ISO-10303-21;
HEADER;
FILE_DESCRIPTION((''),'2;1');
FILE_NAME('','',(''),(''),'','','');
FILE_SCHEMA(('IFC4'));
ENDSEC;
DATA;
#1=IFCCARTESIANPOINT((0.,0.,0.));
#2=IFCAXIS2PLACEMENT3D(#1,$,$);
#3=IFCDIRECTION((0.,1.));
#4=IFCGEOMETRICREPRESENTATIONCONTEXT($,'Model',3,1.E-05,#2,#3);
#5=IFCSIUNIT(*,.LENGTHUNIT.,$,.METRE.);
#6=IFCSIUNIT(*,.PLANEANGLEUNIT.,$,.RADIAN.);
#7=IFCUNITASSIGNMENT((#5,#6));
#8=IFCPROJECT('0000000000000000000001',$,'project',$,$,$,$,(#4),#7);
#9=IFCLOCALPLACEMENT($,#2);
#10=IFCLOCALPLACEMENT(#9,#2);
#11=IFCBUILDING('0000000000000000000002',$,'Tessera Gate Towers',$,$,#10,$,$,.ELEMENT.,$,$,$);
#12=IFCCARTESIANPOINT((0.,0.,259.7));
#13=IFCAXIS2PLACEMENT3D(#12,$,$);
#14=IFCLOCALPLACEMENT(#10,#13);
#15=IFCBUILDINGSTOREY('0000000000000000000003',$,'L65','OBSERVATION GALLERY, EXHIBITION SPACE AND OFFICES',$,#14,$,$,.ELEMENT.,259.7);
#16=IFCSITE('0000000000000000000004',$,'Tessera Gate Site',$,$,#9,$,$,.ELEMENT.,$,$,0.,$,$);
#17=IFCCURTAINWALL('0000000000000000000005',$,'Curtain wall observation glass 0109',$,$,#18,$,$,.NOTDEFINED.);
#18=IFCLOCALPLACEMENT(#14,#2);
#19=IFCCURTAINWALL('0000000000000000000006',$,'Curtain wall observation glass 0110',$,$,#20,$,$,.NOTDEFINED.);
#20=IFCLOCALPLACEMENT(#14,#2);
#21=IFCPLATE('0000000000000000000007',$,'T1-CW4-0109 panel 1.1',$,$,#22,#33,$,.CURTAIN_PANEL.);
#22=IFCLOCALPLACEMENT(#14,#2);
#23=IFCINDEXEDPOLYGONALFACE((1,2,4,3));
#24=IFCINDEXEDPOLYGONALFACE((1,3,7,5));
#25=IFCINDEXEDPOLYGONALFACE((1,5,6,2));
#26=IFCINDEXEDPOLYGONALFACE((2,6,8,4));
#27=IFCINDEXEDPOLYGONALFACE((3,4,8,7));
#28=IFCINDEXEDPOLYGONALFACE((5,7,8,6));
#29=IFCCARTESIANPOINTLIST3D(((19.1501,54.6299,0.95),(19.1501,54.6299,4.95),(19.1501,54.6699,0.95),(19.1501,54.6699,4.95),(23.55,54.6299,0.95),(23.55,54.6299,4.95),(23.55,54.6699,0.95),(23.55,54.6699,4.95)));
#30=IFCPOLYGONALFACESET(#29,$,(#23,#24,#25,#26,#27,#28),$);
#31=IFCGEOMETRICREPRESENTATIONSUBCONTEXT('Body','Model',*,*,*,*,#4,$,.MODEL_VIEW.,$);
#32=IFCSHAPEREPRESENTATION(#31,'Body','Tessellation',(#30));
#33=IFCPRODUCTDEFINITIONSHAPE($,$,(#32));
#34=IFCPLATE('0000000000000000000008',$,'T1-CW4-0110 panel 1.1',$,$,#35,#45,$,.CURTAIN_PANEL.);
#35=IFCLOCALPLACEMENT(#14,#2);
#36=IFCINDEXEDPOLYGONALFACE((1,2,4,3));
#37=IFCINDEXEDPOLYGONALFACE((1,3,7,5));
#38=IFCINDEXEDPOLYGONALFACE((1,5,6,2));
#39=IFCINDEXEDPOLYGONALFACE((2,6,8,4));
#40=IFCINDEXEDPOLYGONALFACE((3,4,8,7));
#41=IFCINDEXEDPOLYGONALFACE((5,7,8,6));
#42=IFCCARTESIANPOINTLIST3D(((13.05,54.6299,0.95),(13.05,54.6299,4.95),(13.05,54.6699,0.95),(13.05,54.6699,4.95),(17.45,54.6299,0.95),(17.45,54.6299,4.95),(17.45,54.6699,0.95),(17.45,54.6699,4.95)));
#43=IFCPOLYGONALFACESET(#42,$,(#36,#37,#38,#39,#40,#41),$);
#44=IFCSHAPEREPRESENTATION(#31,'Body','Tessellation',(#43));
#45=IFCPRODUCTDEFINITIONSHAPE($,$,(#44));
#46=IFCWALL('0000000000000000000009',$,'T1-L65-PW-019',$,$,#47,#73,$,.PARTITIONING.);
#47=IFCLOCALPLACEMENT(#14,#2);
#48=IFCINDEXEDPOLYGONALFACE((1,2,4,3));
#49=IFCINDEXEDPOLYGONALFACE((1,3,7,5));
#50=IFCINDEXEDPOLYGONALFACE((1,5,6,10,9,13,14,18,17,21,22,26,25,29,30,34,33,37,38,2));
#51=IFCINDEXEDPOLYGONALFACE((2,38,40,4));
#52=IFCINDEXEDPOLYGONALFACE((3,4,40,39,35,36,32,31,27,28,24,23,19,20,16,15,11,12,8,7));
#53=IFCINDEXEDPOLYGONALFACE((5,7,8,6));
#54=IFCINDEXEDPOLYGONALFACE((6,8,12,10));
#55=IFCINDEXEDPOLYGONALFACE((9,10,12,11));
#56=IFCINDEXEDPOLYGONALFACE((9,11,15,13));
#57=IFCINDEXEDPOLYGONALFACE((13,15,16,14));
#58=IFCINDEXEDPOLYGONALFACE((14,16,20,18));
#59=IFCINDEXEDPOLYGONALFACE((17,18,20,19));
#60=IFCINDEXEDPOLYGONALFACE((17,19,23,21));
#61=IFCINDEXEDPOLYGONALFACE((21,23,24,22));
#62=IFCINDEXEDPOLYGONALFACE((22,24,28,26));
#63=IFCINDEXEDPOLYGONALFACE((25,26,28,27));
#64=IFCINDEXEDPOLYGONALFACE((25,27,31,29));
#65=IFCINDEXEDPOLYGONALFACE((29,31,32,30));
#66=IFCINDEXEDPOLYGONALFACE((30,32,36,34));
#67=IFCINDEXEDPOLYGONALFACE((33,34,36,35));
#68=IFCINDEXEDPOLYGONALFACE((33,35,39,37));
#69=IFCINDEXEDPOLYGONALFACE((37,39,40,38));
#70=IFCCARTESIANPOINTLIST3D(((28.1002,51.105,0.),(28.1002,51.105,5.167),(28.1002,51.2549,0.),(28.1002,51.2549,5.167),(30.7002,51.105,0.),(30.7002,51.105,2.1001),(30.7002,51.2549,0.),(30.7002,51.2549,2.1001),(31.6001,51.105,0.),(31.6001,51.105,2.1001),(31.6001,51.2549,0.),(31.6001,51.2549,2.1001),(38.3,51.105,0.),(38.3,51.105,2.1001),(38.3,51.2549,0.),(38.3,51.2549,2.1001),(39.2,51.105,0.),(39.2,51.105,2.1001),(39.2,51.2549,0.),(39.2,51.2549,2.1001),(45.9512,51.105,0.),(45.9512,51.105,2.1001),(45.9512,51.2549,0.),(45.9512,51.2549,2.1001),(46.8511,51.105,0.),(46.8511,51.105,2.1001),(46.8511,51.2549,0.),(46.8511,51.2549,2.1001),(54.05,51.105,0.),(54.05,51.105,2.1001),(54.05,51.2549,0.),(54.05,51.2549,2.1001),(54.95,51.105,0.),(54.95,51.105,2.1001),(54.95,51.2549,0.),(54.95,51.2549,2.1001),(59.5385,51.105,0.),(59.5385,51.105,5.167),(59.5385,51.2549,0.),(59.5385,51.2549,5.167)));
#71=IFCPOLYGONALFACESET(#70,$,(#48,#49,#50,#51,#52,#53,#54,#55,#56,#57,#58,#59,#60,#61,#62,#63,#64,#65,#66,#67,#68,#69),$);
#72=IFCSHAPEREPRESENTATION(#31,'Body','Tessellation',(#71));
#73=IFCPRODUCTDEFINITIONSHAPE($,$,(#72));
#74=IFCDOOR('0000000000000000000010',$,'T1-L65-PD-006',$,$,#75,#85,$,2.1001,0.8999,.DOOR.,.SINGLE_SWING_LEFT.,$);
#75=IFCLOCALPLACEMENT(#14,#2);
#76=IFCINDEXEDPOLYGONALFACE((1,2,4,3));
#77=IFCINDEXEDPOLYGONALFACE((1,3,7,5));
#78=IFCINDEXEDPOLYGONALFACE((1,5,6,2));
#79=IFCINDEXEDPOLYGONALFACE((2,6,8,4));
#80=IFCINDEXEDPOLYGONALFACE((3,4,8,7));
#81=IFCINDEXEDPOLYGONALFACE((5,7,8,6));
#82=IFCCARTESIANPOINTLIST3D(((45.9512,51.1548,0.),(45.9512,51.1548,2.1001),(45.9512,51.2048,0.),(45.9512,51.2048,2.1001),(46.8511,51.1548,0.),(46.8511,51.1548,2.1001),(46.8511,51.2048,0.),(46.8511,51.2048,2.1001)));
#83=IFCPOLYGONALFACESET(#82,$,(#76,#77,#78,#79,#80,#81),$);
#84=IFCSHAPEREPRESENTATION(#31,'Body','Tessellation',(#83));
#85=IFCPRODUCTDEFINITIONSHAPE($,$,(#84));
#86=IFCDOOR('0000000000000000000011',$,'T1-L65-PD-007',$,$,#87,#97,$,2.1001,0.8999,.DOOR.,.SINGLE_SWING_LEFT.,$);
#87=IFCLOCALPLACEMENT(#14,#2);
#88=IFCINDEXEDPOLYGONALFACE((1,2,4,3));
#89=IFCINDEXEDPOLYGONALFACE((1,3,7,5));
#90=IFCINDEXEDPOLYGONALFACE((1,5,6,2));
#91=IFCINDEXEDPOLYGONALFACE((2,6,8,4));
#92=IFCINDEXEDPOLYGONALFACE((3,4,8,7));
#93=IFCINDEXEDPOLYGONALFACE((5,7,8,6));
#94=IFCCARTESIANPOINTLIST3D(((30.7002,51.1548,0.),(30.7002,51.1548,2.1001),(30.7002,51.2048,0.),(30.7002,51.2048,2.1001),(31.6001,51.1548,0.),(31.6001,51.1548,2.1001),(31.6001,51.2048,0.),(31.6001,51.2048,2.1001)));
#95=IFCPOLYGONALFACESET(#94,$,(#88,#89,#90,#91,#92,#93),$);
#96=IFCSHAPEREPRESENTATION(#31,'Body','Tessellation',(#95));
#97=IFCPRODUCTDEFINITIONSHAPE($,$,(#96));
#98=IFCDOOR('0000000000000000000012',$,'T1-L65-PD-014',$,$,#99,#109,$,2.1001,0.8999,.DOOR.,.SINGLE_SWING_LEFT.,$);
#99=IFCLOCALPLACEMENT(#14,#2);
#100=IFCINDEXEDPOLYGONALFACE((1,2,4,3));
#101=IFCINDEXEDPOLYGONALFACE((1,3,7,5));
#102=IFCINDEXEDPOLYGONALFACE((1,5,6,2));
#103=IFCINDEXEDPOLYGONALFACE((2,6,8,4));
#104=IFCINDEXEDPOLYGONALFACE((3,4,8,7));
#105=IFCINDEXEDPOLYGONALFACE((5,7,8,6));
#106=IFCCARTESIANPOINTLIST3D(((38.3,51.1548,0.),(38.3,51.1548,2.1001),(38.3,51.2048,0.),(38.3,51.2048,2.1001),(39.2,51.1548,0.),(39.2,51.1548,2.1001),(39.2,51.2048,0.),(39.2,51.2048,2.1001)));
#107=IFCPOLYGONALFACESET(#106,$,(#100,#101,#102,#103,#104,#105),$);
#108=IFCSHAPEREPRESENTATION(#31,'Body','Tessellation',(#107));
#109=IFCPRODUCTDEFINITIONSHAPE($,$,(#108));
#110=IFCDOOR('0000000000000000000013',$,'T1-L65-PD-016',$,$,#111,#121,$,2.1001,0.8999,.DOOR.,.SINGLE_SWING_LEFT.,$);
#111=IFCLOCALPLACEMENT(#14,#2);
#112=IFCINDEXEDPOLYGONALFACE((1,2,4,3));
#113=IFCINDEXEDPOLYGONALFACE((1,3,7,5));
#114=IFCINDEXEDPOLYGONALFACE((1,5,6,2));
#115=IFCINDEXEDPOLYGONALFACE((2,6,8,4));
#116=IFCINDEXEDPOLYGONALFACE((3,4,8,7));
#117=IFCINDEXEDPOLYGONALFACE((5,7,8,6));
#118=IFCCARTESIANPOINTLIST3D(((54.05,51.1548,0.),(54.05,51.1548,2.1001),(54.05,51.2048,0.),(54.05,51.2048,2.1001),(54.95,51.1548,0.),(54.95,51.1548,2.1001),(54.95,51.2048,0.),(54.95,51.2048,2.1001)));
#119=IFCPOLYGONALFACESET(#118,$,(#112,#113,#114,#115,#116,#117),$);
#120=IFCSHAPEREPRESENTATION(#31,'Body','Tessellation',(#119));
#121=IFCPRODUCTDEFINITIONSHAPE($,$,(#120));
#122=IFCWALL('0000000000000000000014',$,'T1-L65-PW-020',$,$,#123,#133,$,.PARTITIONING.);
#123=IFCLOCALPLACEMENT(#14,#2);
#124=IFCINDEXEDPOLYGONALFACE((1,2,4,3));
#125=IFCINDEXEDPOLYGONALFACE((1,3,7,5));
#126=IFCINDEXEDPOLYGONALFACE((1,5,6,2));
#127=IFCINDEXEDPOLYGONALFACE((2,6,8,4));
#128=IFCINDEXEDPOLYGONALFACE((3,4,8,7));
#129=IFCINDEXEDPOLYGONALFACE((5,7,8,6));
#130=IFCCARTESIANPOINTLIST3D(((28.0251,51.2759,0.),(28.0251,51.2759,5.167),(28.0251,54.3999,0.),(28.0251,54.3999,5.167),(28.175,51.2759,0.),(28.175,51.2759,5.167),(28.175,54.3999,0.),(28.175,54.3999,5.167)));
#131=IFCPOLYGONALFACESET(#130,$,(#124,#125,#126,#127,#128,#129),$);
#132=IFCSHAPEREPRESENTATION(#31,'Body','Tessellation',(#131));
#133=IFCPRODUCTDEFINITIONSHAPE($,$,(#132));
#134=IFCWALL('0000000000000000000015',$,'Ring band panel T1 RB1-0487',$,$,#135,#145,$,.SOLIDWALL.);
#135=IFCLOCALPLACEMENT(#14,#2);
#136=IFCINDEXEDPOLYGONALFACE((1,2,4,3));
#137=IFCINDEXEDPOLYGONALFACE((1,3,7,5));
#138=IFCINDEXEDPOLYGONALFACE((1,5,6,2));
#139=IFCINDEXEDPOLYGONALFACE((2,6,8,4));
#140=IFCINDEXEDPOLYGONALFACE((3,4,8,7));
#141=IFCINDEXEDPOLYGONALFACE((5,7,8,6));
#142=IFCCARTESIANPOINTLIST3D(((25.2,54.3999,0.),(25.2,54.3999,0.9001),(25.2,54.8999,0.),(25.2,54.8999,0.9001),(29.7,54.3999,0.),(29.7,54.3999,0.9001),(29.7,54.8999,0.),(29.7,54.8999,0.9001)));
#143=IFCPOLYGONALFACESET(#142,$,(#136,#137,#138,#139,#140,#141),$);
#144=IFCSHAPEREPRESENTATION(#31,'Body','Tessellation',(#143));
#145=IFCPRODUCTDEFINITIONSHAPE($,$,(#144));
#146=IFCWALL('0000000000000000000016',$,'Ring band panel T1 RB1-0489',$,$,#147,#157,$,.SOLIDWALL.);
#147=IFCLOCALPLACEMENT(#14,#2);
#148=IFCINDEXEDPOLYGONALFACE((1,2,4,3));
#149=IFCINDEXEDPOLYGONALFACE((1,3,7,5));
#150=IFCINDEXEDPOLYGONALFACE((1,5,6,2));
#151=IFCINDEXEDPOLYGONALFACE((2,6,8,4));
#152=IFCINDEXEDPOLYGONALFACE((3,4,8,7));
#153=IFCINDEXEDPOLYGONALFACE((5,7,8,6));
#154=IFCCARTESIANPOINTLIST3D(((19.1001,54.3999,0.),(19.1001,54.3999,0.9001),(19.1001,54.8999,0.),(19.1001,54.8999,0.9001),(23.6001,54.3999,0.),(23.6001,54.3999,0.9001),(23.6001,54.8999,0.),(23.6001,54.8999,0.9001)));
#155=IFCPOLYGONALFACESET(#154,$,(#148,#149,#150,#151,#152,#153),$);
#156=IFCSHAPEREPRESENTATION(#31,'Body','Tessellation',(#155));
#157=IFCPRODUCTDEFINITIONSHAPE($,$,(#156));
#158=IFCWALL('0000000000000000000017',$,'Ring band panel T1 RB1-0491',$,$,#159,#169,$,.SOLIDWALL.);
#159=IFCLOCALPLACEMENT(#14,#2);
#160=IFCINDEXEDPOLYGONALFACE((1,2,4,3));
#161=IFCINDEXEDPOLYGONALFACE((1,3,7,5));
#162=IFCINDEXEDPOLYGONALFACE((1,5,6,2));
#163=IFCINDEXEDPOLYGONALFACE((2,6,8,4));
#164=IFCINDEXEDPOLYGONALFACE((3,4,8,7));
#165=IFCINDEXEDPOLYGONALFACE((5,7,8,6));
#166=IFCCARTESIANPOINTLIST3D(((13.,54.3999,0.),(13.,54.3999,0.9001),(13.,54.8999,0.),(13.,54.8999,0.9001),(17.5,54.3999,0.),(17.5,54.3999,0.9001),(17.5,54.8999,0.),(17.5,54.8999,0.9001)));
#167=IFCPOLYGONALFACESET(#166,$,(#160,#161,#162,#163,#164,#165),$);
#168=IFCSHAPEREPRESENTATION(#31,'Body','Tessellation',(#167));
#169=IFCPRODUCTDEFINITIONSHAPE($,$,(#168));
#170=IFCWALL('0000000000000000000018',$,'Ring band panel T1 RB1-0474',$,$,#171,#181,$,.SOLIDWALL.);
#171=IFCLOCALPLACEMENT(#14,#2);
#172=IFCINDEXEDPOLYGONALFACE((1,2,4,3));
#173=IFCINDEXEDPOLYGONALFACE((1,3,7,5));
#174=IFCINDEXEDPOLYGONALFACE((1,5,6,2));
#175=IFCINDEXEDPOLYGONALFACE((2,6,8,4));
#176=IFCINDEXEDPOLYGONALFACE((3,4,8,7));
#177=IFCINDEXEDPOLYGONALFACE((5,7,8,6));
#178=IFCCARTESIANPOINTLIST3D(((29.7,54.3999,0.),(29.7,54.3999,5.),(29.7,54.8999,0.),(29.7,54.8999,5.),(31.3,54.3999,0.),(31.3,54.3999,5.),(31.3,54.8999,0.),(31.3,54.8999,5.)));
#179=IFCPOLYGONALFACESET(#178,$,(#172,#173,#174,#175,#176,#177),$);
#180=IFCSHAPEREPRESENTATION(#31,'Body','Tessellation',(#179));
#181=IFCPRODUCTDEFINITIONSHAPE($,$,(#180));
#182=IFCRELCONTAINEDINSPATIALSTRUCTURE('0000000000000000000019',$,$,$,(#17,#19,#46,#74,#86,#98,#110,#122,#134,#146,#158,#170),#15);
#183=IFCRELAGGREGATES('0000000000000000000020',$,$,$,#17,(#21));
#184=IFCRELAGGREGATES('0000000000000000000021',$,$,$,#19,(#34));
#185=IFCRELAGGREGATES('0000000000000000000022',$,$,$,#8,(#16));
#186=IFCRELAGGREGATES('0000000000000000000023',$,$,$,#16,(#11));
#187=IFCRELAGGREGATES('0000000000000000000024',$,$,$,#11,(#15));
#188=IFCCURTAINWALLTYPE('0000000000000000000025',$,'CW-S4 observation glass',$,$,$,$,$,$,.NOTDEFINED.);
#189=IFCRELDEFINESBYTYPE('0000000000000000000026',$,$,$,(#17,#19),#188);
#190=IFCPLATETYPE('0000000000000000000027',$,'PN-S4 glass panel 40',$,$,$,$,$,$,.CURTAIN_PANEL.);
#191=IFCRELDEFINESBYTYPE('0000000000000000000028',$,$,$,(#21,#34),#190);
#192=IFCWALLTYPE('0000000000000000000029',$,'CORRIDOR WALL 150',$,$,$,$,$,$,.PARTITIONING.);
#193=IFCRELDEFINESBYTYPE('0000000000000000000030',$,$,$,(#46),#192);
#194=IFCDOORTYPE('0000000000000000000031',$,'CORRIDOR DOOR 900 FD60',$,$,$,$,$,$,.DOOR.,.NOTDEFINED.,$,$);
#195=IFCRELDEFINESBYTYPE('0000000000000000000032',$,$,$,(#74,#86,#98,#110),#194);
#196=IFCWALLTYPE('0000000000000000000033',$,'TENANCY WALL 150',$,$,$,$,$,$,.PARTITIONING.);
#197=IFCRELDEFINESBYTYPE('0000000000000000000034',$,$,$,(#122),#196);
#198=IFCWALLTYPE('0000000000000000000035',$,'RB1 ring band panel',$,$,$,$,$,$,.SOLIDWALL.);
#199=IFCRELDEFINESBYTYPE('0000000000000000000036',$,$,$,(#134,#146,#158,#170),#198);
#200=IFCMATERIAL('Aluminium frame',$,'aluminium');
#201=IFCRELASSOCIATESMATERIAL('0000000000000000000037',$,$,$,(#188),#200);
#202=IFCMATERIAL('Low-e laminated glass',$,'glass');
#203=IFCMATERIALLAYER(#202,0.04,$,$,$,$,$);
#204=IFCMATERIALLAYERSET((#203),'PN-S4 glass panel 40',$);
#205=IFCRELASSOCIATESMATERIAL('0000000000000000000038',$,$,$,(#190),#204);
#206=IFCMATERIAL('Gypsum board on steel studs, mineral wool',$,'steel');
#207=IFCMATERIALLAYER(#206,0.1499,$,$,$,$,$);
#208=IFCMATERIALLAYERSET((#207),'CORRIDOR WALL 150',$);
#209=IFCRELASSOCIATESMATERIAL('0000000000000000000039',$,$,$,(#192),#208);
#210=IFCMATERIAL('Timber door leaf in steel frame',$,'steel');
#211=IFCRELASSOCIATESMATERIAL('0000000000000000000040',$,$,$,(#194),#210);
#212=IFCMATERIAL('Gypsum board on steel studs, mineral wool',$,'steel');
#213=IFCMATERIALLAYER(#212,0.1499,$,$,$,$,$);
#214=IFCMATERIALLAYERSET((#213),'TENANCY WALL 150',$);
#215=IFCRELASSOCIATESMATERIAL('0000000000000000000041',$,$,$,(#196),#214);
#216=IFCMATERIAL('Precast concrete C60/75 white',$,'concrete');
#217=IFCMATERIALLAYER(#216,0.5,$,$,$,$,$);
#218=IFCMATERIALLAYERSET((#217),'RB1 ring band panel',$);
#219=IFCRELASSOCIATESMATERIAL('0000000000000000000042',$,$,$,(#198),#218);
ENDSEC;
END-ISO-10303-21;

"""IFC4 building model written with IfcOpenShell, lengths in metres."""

from ifc_helpers import new_model, si_unit, direction, frame, frame_2d, origin, origin_2d, place, context, subcontext, project, spatial, polyline, rectangle, outline, extrude, source, transform, mapped, material, layer, layer_set, type_object, element, fill, aggregate, save


model = new_model("IFC4")

# Units and contexts
model_context = context("Model", 3, precision=1e-05, world=origin(), true_north=direction((0.0, 1.0)))
body_context = subcontext(model_context, "Body", "Model", "MODEL_VIEW")
ifc_project = project(units=[si_unit("LENGTHUNIT", "METRE"), si_unit("PLANEANGLEUNIT", "RADIAN")], contexts=[model_context])

# Site, building, storey
site_placement = place(None, origin())
site = spatial("IfcSite", under=ifc_project, at=site_placement, Name="Tessera Gate Site", CompositionType="ELEMENT", RefElevation=0.0)
building_placement = place(site_placement, origin())
building = spatial("IfcBuilding", under=site, at=building_placement, Name="Tessera Gate Towers", CompositionType="ELEMENT")
storey_placement = place(building_placement, frame((0.0, 0.0, 259.7)))
storey = spatial("IfcBuildingStorey", under=building, at=storey_placement, Name="L65", Description="OBSERVATION GALLERY, EXHIBITION SPACE AND OFFICES", CompositionType="ELEMENT", Elevation=259.7)

# Shared definitions
ifc_material_1 = material(Name="Aluminium frame", Category="aluminium")
curtain_wall_type = type_object("IfcCurtainWallType", Name="CW-S4 observation glass", PredefinedType="NOTDEFINED", material=ifc_material_1)

# Curtain walls
curtain_wall_1_placement = place(storey_placement, origin())
curtain_wall_1 = element("IfcCurtainWall", 1, at=curtain_wall_1_placement, inside=storey, type_object=curtain_wall_type, Name="Curtain wall observation glass 0109", PredefinedType="NOTDEFINED")
curtain_wall_2_placement = place(storey_placement, origin())
curtain_wall_2 = element("IfcCurtainWall", 2, at=curtain_wall_2_placement, inside=storey, type_object=curtain_wall_type, Name="Curtain wall observation glass 0110", PredefinedType="NOTDEFINED")

# Plates
ifc_material_2 = material(Name="Low-e laminated glass", Category="glass")
ifc_layer_1 = layer(ifc_material_2, 0.04)
ifc_layer_set_1 = layer_set([ifc_layer_1], Name="PN-S4 glass panel 40")
plate_type = type_object("IfcPlateType", Name="PN-S4 glass panel 40", PredefinedType="CURTAIN_PANEL", material=ifc_layer_set_1)
plate_1_placement = place(storey_placement, frame((21.3501, 54.6499, 0.95), z_axis=(0.0, 0.0, 1.0), x_axis=(-1.0, 0.0, 0.0)))
plate_1 = element("IfcPlate", 3, at=plate_1_placement, type_object=plate_type, Name="T1-CW4-0109 panel 1.1", PredefinedType="CURTAIN_PANEL", context=body_context, shape_type="SweptSolid", body=[
    extrude(rectangle(XDim=4.3999, YDim=0.04, at=origin_2d()), origin(), (0.0, 0.0, 1.0), 4.0),
])
aggregate(curtain_wall_1, [plate_1])
plate_2_placement = place(storey_placement, frame((15.25, 54.6499, 0.95), z_axis=(0.0, 0.0, 1.0), x_axis=(-1.0, 0.0, 0.0)))
plate_2 = element("IfcPlate", 4, at=plate_2_placement, type_object=plate_type, Name="T1-CW4-0110 panel 1.1", PredefinedType="CURTAIN_PANEL", context=body_context, shape_type="SweptSolid", body=[
    extrude(rectangle(XDim=4.3999, YDim=0.04, at=origin_2d()), origin(), (0.0, 0.0, 1.0), 4.0),
])
aggregate(curtain_wall_2, [plate_2])

# Wall, openings, doors
ifc_material_3 = material(Name="Gypsum board on steel studs, mineral wool", Category="steel")
ifc_layer_2 = layer(ifc_material_3, 0.1499)
ifc_layer_set_2 = layer_set([ifc_layer_2], Name="CORRIDOR WALL 150")
wall_type_1 = type_object("IfcWallType", Name="CORRIDOR WALL 150", PredefinedType="PARTITIONING", material=ifc_layer_set_2)
wall_1_placement = place(storey_placement, frame((28.1001, 51.1799, 0.0), z_axis=(0.0, 0.0, 1.0), x_axis=(1.0, 0.0, 0.0)))
wall_1 = element("IfcWall", 5, at=wall_1_placement, inside=storey, type_object=wall_type_1, Name="T1-L65-PW-019", PredefinedType="PARTITIONING", context=body_context, shape_type="SweptSolid", body=[
    extrude(rectangle(XDim=31.4382, YDim=0.1499, at=frame_2d((15.7192, 0.0))), origin(), (0.0, 0.0, 1.0), 5.167),
])
shared_shape_1 = source(origin(), body_context, "Body", "SweptSolid", [
    extrude(rectangle(XDim=0.8999, YDim=2.1001, at=frame_2d((0.45, 1.05))), frame((0.0, 0.085, 0.0), z_axis=(0.0, -1.0, 0.0), x_axis=(1.0, 0.0, 0.0)), (0.0, 0.0, 1.0), 0.1699),
])
opening_1_placement = place(wall_1_placement, frame((17.8511, 0.0, 0.0)))
opening_1 = element("IfcOpeningElement", 6, at=opening_1_placement, cuts=wall_1, PredefinedType="OPENING", context=body_context, shape_type="MappedRepresentation", body=[
    mapped(shared_shape_1, transform((0.0, 0.0, 0.0), scale=1.0)),
])
opening_2_placement = place(wall_1_placement, frame((2.6001, 0.0, 0.0)))
opening_2 = element("IfcOpeningElement", 7, at=opening_2_placement, cuts=wall_1, PredefinedType="OPENING", context=body_context, shape_type="MappedRepresentation", body=[
    mapped(shared_shape_1, transform((0.0, 0.0, 0.0), scale=1.0)),
])
opening_3_placement = place(wall_1_placement, frame((10.2, 0.0, 0.0)))
opening_3 = element("IfcOpeningElement", 8, at=opening_3_placement, cuts=wall_1, PredefinedType="OPENING", context=body_context, shape_type="MappedRepresentation", body=[
    mapped(shared_shape_1, transform((0.0, 0.0, 0.0), scale=1.0)),
])
opening_4_placement = place(wall_1_placement, frame((25.95, 0.0, 0.0)))
opening_4 = element("IfcOpeningElement", 9, at=opening_4_placement, cuts=wall_1, PredefinedType="OPENING", context=body_context, shape_type="MappedRepresentation", body=[
    mapped(shared_shape_1, transform((0.0, 0.0, 0.0), scale=1.0)),
])
ifc_material_4 = material(Name="Timber door leaf in steel frame", Category="steel")
door_type = type_object("IfcDoorType", Name="CORRIDOR DOOR 900 FD60", OperationType="NOTDEFINED", PredefinedType="DOOR", material=ifc_material_4)
shared_shape_2 = source(origin(), body_context, "Body", "SweptSolid", [
    extrude(rectangle(XDim=0.8999, YDim=2.1001, at=frame_2d((0.45, 1.05))), frame((0.0, 0.0249, 0.0), z_axis=(0.0, -1.0, 0.0), x_axis=(1.0, 0.0, 0.0)), (0.0, 0.0, 1.0), 0.05),
])
door_1_placement = place(opening_1_placement, origin())
door_1 = element("IfcDoor", 10, at=door_1_placement, inside=storey, type_object=door_type, Name="T1-L65-PD-006", OperationType="SINGLE_SWING_LEFT", OverallHeight=2.1001, OverallWidth=0.8999, PredefinedType="DOOR", context=body_context, shape_type="MappedRepresentation", body=[
    mapped(shared_shape_2, transform((0.0, 0.0, 0.0), scale=1.0)),
])
fill(opening_1, door_1)
door_2_placement = place(opening_2_placement, origin())
door_2 = element("IfcDoor", 11, at=door_2_placement, inside=storey, type_object=door_type, Name="T1-L65-PD-007", OperationType="SINGLE_SWING_LEFT", OverallHeight=2.1001, OverallWidth=0.8999, PredefinedType="DOOR", context=body_context, shape_type="MappedRepresentation", body=[
    mapped(shared_shape_2, transform((0.0, 0.0, 0.0), scale=1.0)),
])
fill(opening_2, door_2)
door_3_placement = place(opening_3_placement, origin())
door_3 = element("IfcDoor", 12, at=door_3_placement, inside=storey, type_object=door_type, Name="T1-L65-PD-014", OperationType="SINGLE_SWING_LEFT", OverallHeight=2.1001, OverallWidth=0.8999, PredefinedType="DOOR", context=body_context, shape_type="MappedRepresentation", body=[
    mapped(shared_shape_2, transform((0.0, 0.0, 0.0), scale=1.0)),
])
fill(opening_3, door_3)
door_4_placement = place(opening_4_placement, origin())
door_4 = element("IfcDoor", 13, at=door_4_placement, inside=storey, type_object=door_type, Name="T1-L65-PD-016", OperationType="SINGLE_SWING_LEFT", OverallHeight=2.1001, OverallWidth=0.8999, PredefinedType="DOOR", context=body_context, shape_type="MappedRepresentation", body=[
    mapped(shared_shape_2, transform((0.0, 0.0, 0.0), scale=1.0)),
])
fill(opening_4, door_4)

# Walls
ifc_material_5 = material(Name="Gypsum board on steel studs, mineral wool", Category="steel")
ifc_layer_3 = layer(ifc_material_5, 0.1499)
ifc_layer_set_3 = layer_set([ifc_layer_3], Name="TENANCY WALL 150")
wall_type_2 = type_object("IfcWallType", Name="TENANCY WALL 150", PredefinedType="PARTITIONING", material=ifc_layer_set_3)
wall_2_placement = place(storey_placement, frame((28.1001, 51.2759, 0.0), z_axis=(0.0, 0.0, 1.0), x_axis=(0.0, 1.0, 0.0)))
element("IfcWall", 14, at=wall_2_placement, inside=storey, type_object=wall_type_2, Name="T1-L65-PW-020", PredefinedType="PARTITIONING", context=body_context, shape_type="SweptSolid", body=[
    extrude(rectangle(XDim=3.124, YDim=0.1499, at=frame_2d((1.562, 0.0))), origin(), (0.0, 0.0, 1.0), 5.167),
])
ifc_material_6 = material(Name="Precast concrete C60/75 white", Category="concrete")
ifc_layer_4 = layer(ifc_material_6, 0.5)
ifc_layer_set_4 = layer_set([ifc_layer_4], Name="RB1 ring band panel")
wall_type_3 = type_object("IfcWallType", Name="RB1 ring band panel", PredefinedType="SOLIDWALL", material=ifc_layer_set_4)
shared_shape_3 = source(origin(), body_context, "Body", "SweptSolid", [
    extrude(outline(polyline([(0.0, 0.0), (4.5, 0.0), (4.5, 0.9001), (0.0, 0.9001), (0.0, 0.0)])), frame((0.0, 0.25, 0.0), z_axis=(0.0, -1.0, 0.0), x_axis=(1.0, 0.0, 0.0)), (0.0, 0.0, 1.0), 0.5),
])
for number, where, z_axis, x_axis, name in (
    (15, (29.7, 54.6499, 0.0), (0.0, 0.0, 1.0), (-1.0, 0.0, 0.0), "Ring band panel T1 RB1-0487"),
    (16, (23.6001, 54.6499, 0.0), (0.0, 0.0, 1.0), (-1.0, 0.0, 0.0), "Ring band panel T1 RB1-0489"),
    (17, (17.5, 54.6499, 0.0), (0.0, 0.0, 1.0), (-1.0, 0.0, 0.0), "Ring band panel T1 RB1-0491"),
):
    element("IfcWall", number, at=place(storey_placement, frame(where, z_axis=z_axis, x_axis=x_axis)), inside=storey, type_object=wall_type_3, Name=name, PredefinedType="SOLIDWALL", context=body_context, shape_type="MappedRepresentation", body=[
        mapped(shared_shape_3, transform((0.0, 0.0, 0.0), scale=1.0)),
    ])
shared_shape_4 = source(origin(), body_context, "Body", "SweptSolid", [
    extrude(outline(polyline([(0.0, 0.0), (1.6001, 0.0), (1.6001, 5.0), (0.0, 5.0), (0.0, 0.0)])), frame((0.0, 0.25, 0.0), z_axis=(0.0, -1.0, 0.0), x_axis=(1.0, 0.0, 0.0)), (0.0, 0.0, 1.0), 0.5),
])
for number, where, z_axis, x_axis, name in (
    (18, (31.3, 54.6499, 0.0), (0.0, 0.0, 1.0), (-1.0, 0.0, 0.0), "Ring band panel T1 RB1-0474"),
):
    element("IfcWall", number, at=place(storey_placement, frame(where, z_axis=z_axis, x_axis=x_axis)), inside=storey, type_object=wall_type_3, Name=name, PredefinedType="SOLIDWALL", context=body_context, shape_type="MappedRepresentation", body=[
        mapped(shared_shape_4, transform((0.0, 0.0, 0.0), scale=1.0)),
    ])

save(model, "model.ifc")
